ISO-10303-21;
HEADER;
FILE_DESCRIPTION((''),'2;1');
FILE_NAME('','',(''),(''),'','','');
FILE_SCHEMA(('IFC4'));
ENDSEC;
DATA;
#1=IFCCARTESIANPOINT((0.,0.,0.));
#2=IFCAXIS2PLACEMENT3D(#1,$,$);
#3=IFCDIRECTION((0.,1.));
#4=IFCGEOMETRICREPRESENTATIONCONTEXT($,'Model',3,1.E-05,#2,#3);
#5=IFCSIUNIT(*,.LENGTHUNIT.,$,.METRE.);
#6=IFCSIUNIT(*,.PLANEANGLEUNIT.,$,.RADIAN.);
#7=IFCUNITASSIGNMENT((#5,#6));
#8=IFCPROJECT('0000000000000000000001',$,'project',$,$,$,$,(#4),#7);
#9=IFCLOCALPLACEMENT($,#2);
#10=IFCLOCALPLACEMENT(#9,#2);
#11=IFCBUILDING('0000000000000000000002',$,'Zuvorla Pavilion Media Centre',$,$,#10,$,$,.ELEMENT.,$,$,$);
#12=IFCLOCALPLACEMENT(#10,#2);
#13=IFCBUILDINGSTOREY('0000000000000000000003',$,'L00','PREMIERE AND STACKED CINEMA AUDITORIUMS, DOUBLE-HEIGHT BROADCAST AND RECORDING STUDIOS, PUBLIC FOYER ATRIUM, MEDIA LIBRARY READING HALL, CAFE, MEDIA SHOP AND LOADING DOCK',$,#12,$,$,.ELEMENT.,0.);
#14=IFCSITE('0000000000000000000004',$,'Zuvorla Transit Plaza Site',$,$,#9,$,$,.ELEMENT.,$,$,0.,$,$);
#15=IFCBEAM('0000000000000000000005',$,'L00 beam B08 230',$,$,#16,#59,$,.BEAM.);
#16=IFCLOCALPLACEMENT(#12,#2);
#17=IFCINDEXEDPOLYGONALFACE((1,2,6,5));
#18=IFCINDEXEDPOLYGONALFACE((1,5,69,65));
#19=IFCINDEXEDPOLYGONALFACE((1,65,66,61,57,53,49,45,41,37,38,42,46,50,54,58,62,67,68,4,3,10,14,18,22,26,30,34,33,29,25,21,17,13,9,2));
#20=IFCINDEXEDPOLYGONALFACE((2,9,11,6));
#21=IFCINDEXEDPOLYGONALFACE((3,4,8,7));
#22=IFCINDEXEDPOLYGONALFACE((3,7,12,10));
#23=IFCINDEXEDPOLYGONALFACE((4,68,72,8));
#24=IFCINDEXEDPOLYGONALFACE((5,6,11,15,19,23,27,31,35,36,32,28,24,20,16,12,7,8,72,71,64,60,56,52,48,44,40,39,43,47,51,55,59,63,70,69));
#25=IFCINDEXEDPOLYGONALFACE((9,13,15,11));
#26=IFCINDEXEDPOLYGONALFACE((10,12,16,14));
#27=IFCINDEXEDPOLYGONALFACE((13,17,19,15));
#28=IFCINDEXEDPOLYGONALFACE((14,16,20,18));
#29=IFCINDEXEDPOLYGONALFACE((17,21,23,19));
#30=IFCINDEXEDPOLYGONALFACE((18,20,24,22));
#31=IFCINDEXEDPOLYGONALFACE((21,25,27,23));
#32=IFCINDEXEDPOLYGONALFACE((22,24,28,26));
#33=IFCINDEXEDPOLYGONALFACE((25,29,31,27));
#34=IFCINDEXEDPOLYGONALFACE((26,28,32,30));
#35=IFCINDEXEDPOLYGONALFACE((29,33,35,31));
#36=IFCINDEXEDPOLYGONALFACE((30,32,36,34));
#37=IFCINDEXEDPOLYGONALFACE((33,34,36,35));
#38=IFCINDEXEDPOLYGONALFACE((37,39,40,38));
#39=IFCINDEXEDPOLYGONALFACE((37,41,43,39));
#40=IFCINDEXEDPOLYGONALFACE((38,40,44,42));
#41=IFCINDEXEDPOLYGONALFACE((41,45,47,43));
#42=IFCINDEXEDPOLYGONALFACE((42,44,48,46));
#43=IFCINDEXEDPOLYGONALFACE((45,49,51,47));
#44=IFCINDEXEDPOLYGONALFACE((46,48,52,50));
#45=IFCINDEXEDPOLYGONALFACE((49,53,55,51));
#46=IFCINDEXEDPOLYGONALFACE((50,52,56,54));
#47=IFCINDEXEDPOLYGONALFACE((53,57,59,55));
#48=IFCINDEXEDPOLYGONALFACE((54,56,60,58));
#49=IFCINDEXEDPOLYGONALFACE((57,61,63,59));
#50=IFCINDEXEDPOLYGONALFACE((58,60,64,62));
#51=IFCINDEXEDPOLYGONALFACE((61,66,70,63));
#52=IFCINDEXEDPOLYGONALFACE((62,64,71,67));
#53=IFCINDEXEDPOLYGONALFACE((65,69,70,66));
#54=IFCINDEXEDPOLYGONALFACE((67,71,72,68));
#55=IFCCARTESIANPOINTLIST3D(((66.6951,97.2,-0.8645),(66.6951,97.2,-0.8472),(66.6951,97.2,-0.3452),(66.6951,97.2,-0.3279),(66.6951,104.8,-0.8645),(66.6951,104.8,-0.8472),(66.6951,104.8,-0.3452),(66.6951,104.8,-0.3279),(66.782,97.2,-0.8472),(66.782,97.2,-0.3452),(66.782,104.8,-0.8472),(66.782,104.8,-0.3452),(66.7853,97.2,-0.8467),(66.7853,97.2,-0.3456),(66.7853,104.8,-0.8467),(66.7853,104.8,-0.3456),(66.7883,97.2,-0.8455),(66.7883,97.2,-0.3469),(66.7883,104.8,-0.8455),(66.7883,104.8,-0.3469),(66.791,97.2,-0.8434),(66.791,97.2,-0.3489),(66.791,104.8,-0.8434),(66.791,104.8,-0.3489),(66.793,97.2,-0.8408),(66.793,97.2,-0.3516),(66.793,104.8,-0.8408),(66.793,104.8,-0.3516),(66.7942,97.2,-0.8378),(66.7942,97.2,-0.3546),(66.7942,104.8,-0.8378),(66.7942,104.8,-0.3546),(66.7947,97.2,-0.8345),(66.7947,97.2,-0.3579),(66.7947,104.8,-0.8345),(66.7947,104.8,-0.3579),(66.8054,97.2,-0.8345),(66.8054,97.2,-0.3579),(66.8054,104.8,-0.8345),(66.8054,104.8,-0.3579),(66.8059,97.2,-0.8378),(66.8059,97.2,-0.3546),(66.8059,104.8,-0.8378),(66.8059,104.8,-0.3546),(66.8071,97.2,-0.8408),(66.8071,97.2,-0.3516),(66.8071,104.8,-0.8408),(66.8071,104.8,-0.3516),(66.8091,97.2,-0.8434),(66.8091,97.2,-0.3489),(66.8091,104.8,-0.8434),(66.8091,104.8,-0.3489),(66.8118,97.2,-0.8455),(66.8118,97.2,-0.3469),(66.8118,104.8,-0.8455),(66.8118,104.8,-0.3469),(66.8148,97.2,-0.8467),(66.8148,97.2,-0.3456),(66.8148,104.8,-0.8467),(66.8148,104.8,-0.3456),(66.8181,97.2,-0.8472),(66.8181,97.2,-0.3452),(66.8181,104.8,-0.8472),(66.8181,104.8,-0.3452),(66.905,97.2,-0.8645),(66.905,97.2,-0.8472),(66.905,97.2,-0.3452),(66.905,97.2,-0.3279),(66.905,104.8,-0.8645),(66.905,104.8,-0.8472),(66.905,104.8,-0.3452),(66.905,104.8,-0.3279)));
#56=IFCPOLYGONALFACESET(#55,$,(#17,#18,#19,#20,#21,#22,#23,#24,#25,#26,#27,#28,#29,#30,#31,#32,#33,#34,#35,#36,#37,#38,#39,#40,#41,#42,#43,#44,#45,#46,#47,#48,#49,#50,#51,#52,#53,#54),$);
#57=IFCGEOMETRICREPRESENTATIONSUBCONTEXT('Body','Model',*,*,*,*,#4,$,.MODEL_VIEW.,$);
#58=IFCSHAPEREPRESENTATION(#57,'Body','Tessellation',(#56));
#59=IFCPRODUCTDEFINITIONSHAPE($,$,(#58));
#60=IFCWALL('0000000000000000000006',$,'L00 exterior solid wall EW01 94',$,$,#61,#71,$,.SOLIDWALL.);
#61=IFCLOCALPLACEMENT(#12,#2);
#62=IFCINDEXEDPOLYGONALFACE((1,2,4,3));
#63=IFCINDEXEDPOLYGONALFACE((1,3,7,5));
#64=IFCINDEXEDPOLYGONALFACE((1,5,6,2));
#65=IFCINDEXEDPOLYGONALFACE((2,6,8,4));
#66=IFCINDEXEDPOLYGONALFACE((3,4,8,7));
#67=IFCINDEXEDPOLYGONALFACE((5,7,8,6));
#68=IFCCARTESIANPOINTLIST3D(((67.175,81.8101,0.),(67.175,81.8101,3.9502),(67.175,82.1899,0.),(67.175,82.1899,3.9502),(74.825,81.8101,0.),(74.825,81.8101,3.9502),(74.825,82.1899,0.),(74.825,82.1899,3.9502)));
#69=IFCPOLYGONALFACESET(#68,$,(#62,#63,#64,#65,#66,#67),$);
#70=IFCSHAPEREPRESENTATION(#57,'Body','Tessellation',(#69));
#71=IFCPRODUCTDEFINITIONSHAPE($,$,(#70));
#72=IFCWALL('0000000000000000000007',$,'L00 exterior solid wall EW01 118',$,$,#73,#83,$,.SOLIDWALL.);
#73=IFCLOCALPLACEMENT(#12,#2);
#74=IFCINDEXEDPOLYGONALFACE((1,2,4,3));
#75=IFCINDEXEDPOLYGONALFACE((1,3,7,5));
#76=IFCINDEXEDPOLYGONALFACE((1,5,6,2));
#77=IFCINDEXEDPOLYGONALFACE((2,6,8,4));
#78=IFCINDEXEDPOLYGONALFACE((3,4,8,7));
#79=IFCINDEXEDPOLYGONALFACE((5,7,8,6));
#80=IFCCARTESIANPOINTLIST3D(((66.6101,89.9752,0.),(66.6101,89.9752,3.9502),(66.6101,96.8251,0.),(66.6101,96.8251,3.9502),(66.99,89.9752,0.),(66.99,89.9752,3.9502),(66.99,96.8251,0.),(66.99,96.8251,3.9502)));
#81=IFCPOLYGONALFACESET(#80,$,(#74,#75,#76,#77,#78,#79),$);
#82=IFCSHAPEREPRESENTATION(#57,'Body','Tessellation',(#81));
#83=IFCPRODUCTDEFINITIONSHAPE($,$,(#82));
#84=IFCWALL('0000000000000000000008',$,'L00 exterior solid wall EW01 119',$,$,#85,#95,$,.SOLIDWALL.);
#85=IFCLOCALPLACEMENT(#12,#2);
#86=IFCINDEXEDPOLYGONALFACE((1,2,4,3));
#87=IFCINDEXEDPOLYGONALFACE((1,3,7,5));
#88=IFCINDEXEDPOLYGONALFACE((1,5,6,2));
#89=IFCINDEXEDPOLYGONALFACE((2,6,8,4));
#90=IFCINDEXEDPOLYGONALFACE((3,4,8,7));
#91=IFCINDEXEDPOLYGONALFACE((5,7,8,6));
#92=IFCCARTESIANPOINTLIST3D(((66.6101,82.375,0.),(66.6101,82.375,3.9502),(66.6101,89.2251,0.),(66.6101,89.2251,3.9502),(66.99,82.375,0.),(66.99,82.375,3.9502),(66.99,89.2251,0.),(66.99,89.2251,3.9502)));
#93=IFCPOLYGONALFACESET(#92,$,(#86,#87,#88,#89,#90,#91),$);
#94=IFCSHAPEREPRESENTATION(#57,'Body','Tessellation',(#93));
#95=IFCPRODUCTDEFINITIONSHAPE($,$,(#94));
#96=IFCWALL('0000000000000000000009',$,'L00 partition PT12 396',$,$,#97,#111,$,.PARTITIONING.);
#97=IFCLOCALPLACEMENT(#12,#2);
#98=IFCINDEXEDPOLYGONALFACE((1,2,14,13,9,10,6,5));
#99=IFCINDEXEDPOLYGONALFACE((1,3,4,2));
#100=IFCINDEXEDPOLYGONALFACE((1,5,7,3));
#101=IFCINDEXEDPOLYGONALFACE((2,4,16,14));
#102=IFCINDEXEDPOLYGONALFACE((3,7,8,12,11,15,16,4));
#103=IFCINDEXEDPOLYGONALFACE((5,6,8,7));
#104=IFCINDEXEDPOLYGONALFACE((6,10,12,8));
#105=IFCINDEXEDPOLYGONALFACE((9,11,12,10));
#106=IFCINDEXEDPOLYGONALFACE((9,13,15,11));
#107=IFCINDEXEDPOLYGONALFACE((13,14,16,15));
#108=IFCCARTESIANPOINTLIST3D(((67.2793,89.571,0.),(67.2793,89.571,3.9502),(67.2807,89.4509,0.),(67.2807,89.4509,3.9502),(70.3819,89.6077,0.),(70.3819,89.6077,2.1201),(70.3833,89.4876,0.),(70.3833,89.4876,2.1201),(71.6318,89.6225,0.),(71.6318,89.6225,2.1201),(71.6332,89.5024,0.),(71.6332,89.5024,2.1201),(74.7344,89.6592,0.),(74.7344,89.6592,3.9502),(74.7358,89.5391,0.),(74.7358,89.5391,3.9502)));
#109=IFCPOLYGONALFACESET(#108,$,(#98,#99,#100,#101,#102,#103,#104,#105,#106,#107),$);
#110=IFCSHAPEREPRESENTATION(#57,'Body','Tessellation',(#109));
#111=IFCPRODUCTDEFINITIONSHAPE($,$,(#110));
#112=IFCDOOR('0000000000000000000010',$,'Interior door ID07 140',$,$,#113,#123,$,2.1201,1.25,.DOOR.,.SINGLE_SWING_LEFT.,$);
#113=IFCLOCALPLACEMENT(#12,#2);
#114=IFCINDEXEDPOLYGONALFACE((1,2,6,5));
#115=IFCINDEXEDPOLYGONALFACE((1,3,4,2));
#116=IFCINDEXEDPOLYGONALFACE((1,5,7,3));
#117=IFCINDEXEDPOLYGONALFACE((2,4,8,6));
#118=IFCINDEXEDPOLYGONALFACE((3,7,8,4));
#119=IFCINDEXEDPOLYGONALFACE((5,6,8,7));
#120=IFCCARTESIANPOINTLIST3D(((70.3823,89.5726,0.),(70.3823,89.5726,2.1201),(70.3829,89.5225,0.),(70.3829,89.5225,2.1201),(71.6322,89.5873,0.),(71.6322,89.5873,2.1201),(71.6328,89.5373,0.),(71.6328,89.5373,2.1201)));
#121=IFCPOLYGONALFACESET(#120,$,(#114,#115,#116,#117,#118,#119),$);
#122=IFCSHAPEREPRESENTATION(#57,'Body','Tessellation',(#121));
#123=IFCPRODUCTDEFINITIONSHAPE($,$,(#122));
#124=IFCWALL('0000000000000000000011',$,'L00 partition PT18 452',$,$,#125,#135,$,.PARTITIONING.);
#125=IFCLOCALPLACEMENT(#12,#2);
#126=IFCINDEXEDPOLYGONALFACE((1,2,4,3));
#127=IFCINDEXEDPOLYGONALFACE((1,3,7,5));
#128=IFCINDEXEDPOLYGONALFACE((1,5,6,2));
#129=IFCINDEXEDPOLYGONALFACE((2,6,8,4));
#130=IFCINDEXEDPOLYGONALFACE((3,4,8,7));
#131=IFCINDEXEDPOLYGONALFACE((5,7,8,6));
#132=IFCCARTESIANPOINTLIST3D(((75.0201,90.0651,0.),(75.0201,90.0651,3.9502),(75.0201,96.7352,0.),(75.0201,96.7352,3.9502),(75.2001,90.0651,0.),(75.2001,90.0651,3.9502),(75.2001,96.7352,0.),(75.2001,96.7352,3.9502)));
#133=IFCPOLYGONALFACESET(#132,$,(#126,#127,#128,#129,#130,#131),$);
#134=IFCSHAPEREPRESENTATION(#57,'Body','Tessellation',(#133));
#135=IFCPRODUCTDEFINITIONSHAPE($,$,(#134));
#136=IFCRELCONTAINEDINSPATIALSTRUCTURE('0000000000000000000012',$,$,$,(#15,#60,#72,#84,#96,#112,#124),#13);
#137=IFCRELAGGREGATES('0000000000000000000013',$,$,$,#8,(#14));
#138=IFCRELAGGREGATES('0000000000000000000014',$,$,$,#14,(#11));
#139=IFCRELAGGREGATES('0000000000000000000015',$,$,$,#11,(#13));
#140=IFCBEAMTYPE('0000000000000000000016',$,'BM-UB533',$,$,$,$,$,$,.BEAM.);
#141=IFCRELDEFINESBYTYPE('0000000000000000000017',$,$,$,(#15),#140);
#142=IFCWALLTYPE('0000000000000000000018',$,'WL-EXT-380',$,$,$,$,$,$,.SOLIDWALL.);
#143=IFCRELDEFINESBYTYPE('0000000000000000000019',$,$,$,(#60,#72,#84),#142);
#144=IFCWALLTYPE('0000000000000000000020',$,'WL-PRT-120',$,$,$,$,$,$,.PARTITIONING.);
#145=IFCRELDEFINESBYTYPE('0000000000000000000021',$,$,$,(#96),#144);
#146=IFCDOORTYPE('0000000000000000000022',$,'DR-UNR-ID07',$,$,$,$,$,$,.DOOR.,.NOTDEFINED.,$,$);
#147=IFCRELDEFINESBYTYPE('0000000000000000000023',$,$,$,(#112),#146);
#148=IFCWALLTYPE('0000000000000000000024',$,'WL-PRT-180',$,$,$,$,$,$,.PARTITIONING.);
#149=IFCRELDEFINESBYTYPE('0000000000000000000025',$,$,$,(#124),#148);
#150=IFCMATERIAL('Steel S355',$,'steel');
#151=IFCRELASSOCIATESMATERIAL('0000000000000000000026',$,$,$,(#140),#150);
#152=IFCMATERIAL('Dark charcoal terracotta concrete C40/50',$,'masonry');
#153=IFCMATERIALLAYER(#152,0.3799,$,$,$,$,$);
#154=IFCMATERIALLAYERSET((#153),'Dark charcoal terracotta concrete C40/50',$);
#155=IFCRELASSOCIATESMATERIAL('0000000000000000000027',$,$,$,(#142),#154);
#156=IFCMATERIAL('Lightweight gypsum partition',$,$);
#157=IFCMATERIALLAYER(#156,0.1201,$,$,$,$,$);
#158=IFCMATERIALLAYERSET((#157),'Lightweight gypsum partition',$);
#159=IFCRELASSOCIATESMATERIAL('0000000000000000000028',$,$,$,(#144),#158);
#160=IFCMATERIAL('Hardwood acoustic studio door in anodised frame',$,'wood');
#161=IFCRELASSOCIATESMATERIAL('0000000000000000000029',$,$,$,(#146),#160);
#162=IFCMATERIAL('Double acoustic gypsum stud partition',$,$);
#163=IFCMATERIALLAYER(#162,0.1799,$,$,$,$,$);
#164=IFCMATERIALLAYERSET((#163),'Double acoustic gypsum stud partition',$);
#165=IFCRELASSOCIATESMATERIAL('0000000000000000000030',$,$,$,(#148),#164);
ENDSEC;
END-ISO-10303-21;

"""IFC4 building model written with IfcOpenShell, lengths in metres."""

from ifc_helpers import new_model, si_unit, direction, frame, frame_2d, origin, origin_2d, place, context, subcontext, project, spatial, rectangle, i_section, extrude, material, layer, layer_set, material_profile, profile_set, type_object, element, fill, save


model = new_model("IFC4")

# Units and contexts
model_context = context("Model", 3, precision=1e-05, world=origin(), true_north=direction((0.0, 1.0)))
body_context = subcontext(model_context, "Body", "Model", "MODEL_VIEW")
ifc_project = project(units=[si_unit("LENGTHUNIT", "METRE"), si_unit("PLANEANGLEUNIT", "RADIAN")], contexts=[model_context])

# Site, building, storey
site_placement = place(None, origin())
site = spatial("IfcSite", under=ifc_project, at=site_placement, Name="Zuvorla Transit Plaza Site", CompositionType="ELEMENT", RefElevation=0.0)
building_placement = place(site_placement, origin())
building = spatial("IfcBuilding", under=site, at=building_placement, Name="Zuvorla Pavilion Media Centre", CompositionType="ELEMENT")
storey_placement = place(building_placement, origin())
storey = spatial("IfcBuildingStorey", under=building, at=storey_placement, Name="L00", Description="PREMIERE AND STACKED CINEMA AUDITORIUMS, DOUBLE-HEIGHT BROADCAST AND RECORDING STUDIOS, PUBLIC FOYER ATRIUM, MEDIA LIBRARY READING HALL, CAFE, MEDIA SHOP AND LOADING DOCK", CompositionType="ELEMENT", Elevation=0.0)

# Beam
ifc_material_1 = material(Name="Steel S355", Category="steel")
ifc_material_profile_1 = material_profile(ifc_material_1, i_section(OverallWidth=0.21, OverallDepth=0.5366, WebThickness=0.0107, FlangeThickness=0.0173, FilletRadius=0.0127, at=origin_2d()), Name="UB 533x210x101")
ifc_profile_set_1 = profile_set([ifc_material_profile_1], Name="Steel S355")
beam_type_1 = type_object("IfcBeamType", Name="BM-UB533", PredefinedType="BEAM", material=ifc_profile_set_1)
beam_1_placement = place(storey_placement, frame((66.8, 97.2, -0.5962), z_axis=(0.0, 1.0, 0.0), x_axis=(-1.0, 0.0, 0.0)))
element("IfcBeam", 1, at=beam_1_placement, inside=storey, type_object=beam_type_1, Name="L00 beam B08 230", PredefinedType="BEAM", context=body_context, shape_type="SweptSolid", body=[
    extrude(i_section(OverallWidth=0.21, OverallDepth=0.5366, WebThickness=0.0107, FlangeThickness=0.0173, FilletRadius=0.0127, at=origin_2d()), origin(), (0.0, 0.0, 1.0), 7.6001),
])

# Walls
ifc_material_2 = material(Name="Dark charcoal terracotta concrete C40/50", Category="masonry")
ifc_layer_1 = layer(ifc_material_2, 0.3799)
ifc_layer_set_1 = layer_set([ifc_layer_1], Name="Dark charcoal terracotta concrete C40/50")
wall_type_1 = type_object("IfcWallType", Name="WL-EXT-380", PredefinedType="SOLIDWALL", material=ifc_layer_set_1)
wall_1_placement = place(storey_placement, frame((67.175, 82.0, 0.0), z_axis=(0.0, 0.0, 1.0), x_axis=(1.0, 0.0, 0.0)))
element("IfcWall", 2, at=wall_1_placement, inside=storey, type_object=wall_type_1, Name="L00 exterior solid wall EW01 94", PredefinedType="SOLIDWALL", context=body_context, shape_type="SweptSolid", body=[
    extrude(rectangle(XDim=7.6499, YDim=0.3799, at=frame_2d((3.825, 0.0))), origin(), (0.0, 0.0, 1.0), 3.9502),
])
wall_2_placement = place(storey_placement, frame((66.8, 96.825, 0.0), z_axis=(0.0, 0.0, 1.0), x_axis=(0.0, -1.0, 0.0)))
element("IfcWall", 3, at=wall_2_placement, inside=storey, type_object=wall_type_1, Name="L00 exterior solid wall EW01 118", PredefinedType="SOLIDWALL", context=body_context, shape_type="SweptSolid", body=[
    extrude(rectangle(XDim=6.8499, YDim=0.3799, at=frame_2d((3.4248, 0.0))), origin(), (0.0, 0.0, 1.0), 3.9502),
])
wall_3_placement = place(storey_placement, frame((66.8, 89.2251, 0.0), z_axis=(0.0, 0.0, 1.0), x_axis=(0.0, -1.0, 0.0)))
element("IfcWall", 4, at=wall_3_placement, inside=storey, type_object=wall_type_1, Name="L00 exterior solid wall EW01 119", PredefinedType="SOLIDWALL", context=body_context, shape_type="SweptSolid", body=[
    extrude(rectangle(XDim=6.8501, YDim=0.3799, at=frame_2d((3.425, 0.0))), origin(), (0.0, 0.0, 1.0), 3.9502),
])

# Wall, opening, door
ifc_material_3 = material(Name="Lightweight gypsum partition")
ifc_layer_2 = layer(ifc_material_3, 0.1201)
ifc_layer_set_2 = layer_set([ifc_layer_2], Name="Lightweight gypsum partition")
wall_type_2 = type_object("IfcWallType", Name="WL-PRT-120", PredefinedType="PARTITIONING", material=ifc_layer_set_2)
wall_4_placement = place(storey_placement, frame((67.28, 89.511, 0.0), z_axis=(0.0, 0.0, 1.0), x_axis=(0.99993, 0.011821, 0.0)))
wall_4 = element("IfcWall", 5, at=wall_4_placement, inside=storey, type_object=wall_type_2, Name="L00 partition PT12 396", PredefinedType="PARTITIONING", context=body_context, shape_type="SweptSolid", body=[
    extrude(rectangle(XDim=7.4556, YDim=0.1201, at=frame_2d((3.7278, 0.0))), origin(), (0.0, 0.0, 1.0), 3.9502),
])
opening_placement = place(wall_4_placement, frame((3.1028, 0.0, 0.0)))
opening = element("IfcOpeningElement", 6, at=opening_placement, cuts=wall_4, PredefinedType="OPENING", context=body_context, shape_type="SweptSolid", body=[
    extrude(rectangle(XDim=1.25, YDim=2.1201, at=frame_2d((0.625, 1.0601))), frame((0.0, 0.0701, 0.0), z_axis=(0.0, -1.0, 0.0), x_axis=(1.0, 0.0, 0.0)), (0.0, 0.0, 1.0), 0.1401),
])
ifc_material_4 = material(Name="Hardwood acoustic studio door in anodised frame", Category="wood")
door_type = type_object("IfcDoorType", Name="DR-UNR-ID07", OperationType="NOTDEFINED", PredefinedType="DOOR", material=ifc_material_4)
door_placement = place(opening_placement, origin())
door = element("IfcDoor", 7, at=door_placement, inside=storey, type_object=door_type, Name="Interior door ID07 140", OperationType="SINGLE_SWING_LEFT", OverallHeight=2.1201, OverallWidth=1.25, PredefinedType="DOOR", context=body_context, shape_type="SweptSolid", body=[
    extrude(rectangle(XDim=1.25, YDim=2.1201, at=frame_2d((0.625, 1.0601))), frame((0.0, 0.0249, 0.0), z_axis=(0.0, -1.0, 0.0), x_axis=(1.0, 0.0, 0.0)), (0.0, 0.0, 1.0), 0.05),
])
fill(opening, door)

# Wall
ifc_material_5 = material(Name="Double acoustic gypsum stud partition")
ifc_layer_3 = layer(ifc_material_5, 0.1799)
ifc_layer_set_3 = layer_set([ifc_layer_3], Name="Double acoustic gypsum stud partition")
wall_type_3 = type_object("IfcWallType", Name="WL-PRT-180", PredefinedType="PARTITIONING", material=ifc_layer_set_3)
wall_5_placement = place(storey_placement, frame((75.1101, 96.7351, 0.0), z_axis=(0.0, 0.0, 1.0), x_axis=(0.0, -1.0, 0.0)))
element("IfcWall", 8, at=wall_5_placement, inside=storey, type_object=wall_type_3, Name="L00 partition PT18 452", PredefinedType="PARTITIONING", context=body_context, shape_type="SweptSolid", body=[
    extrude(rectangle(XDim=6.6702, YDim=0.1799, at=frame_2d((3.335, 0.0))), origin(), (0.0, 0.0, 1.0), 3.9502),
])

save(model, "model.ifc")
